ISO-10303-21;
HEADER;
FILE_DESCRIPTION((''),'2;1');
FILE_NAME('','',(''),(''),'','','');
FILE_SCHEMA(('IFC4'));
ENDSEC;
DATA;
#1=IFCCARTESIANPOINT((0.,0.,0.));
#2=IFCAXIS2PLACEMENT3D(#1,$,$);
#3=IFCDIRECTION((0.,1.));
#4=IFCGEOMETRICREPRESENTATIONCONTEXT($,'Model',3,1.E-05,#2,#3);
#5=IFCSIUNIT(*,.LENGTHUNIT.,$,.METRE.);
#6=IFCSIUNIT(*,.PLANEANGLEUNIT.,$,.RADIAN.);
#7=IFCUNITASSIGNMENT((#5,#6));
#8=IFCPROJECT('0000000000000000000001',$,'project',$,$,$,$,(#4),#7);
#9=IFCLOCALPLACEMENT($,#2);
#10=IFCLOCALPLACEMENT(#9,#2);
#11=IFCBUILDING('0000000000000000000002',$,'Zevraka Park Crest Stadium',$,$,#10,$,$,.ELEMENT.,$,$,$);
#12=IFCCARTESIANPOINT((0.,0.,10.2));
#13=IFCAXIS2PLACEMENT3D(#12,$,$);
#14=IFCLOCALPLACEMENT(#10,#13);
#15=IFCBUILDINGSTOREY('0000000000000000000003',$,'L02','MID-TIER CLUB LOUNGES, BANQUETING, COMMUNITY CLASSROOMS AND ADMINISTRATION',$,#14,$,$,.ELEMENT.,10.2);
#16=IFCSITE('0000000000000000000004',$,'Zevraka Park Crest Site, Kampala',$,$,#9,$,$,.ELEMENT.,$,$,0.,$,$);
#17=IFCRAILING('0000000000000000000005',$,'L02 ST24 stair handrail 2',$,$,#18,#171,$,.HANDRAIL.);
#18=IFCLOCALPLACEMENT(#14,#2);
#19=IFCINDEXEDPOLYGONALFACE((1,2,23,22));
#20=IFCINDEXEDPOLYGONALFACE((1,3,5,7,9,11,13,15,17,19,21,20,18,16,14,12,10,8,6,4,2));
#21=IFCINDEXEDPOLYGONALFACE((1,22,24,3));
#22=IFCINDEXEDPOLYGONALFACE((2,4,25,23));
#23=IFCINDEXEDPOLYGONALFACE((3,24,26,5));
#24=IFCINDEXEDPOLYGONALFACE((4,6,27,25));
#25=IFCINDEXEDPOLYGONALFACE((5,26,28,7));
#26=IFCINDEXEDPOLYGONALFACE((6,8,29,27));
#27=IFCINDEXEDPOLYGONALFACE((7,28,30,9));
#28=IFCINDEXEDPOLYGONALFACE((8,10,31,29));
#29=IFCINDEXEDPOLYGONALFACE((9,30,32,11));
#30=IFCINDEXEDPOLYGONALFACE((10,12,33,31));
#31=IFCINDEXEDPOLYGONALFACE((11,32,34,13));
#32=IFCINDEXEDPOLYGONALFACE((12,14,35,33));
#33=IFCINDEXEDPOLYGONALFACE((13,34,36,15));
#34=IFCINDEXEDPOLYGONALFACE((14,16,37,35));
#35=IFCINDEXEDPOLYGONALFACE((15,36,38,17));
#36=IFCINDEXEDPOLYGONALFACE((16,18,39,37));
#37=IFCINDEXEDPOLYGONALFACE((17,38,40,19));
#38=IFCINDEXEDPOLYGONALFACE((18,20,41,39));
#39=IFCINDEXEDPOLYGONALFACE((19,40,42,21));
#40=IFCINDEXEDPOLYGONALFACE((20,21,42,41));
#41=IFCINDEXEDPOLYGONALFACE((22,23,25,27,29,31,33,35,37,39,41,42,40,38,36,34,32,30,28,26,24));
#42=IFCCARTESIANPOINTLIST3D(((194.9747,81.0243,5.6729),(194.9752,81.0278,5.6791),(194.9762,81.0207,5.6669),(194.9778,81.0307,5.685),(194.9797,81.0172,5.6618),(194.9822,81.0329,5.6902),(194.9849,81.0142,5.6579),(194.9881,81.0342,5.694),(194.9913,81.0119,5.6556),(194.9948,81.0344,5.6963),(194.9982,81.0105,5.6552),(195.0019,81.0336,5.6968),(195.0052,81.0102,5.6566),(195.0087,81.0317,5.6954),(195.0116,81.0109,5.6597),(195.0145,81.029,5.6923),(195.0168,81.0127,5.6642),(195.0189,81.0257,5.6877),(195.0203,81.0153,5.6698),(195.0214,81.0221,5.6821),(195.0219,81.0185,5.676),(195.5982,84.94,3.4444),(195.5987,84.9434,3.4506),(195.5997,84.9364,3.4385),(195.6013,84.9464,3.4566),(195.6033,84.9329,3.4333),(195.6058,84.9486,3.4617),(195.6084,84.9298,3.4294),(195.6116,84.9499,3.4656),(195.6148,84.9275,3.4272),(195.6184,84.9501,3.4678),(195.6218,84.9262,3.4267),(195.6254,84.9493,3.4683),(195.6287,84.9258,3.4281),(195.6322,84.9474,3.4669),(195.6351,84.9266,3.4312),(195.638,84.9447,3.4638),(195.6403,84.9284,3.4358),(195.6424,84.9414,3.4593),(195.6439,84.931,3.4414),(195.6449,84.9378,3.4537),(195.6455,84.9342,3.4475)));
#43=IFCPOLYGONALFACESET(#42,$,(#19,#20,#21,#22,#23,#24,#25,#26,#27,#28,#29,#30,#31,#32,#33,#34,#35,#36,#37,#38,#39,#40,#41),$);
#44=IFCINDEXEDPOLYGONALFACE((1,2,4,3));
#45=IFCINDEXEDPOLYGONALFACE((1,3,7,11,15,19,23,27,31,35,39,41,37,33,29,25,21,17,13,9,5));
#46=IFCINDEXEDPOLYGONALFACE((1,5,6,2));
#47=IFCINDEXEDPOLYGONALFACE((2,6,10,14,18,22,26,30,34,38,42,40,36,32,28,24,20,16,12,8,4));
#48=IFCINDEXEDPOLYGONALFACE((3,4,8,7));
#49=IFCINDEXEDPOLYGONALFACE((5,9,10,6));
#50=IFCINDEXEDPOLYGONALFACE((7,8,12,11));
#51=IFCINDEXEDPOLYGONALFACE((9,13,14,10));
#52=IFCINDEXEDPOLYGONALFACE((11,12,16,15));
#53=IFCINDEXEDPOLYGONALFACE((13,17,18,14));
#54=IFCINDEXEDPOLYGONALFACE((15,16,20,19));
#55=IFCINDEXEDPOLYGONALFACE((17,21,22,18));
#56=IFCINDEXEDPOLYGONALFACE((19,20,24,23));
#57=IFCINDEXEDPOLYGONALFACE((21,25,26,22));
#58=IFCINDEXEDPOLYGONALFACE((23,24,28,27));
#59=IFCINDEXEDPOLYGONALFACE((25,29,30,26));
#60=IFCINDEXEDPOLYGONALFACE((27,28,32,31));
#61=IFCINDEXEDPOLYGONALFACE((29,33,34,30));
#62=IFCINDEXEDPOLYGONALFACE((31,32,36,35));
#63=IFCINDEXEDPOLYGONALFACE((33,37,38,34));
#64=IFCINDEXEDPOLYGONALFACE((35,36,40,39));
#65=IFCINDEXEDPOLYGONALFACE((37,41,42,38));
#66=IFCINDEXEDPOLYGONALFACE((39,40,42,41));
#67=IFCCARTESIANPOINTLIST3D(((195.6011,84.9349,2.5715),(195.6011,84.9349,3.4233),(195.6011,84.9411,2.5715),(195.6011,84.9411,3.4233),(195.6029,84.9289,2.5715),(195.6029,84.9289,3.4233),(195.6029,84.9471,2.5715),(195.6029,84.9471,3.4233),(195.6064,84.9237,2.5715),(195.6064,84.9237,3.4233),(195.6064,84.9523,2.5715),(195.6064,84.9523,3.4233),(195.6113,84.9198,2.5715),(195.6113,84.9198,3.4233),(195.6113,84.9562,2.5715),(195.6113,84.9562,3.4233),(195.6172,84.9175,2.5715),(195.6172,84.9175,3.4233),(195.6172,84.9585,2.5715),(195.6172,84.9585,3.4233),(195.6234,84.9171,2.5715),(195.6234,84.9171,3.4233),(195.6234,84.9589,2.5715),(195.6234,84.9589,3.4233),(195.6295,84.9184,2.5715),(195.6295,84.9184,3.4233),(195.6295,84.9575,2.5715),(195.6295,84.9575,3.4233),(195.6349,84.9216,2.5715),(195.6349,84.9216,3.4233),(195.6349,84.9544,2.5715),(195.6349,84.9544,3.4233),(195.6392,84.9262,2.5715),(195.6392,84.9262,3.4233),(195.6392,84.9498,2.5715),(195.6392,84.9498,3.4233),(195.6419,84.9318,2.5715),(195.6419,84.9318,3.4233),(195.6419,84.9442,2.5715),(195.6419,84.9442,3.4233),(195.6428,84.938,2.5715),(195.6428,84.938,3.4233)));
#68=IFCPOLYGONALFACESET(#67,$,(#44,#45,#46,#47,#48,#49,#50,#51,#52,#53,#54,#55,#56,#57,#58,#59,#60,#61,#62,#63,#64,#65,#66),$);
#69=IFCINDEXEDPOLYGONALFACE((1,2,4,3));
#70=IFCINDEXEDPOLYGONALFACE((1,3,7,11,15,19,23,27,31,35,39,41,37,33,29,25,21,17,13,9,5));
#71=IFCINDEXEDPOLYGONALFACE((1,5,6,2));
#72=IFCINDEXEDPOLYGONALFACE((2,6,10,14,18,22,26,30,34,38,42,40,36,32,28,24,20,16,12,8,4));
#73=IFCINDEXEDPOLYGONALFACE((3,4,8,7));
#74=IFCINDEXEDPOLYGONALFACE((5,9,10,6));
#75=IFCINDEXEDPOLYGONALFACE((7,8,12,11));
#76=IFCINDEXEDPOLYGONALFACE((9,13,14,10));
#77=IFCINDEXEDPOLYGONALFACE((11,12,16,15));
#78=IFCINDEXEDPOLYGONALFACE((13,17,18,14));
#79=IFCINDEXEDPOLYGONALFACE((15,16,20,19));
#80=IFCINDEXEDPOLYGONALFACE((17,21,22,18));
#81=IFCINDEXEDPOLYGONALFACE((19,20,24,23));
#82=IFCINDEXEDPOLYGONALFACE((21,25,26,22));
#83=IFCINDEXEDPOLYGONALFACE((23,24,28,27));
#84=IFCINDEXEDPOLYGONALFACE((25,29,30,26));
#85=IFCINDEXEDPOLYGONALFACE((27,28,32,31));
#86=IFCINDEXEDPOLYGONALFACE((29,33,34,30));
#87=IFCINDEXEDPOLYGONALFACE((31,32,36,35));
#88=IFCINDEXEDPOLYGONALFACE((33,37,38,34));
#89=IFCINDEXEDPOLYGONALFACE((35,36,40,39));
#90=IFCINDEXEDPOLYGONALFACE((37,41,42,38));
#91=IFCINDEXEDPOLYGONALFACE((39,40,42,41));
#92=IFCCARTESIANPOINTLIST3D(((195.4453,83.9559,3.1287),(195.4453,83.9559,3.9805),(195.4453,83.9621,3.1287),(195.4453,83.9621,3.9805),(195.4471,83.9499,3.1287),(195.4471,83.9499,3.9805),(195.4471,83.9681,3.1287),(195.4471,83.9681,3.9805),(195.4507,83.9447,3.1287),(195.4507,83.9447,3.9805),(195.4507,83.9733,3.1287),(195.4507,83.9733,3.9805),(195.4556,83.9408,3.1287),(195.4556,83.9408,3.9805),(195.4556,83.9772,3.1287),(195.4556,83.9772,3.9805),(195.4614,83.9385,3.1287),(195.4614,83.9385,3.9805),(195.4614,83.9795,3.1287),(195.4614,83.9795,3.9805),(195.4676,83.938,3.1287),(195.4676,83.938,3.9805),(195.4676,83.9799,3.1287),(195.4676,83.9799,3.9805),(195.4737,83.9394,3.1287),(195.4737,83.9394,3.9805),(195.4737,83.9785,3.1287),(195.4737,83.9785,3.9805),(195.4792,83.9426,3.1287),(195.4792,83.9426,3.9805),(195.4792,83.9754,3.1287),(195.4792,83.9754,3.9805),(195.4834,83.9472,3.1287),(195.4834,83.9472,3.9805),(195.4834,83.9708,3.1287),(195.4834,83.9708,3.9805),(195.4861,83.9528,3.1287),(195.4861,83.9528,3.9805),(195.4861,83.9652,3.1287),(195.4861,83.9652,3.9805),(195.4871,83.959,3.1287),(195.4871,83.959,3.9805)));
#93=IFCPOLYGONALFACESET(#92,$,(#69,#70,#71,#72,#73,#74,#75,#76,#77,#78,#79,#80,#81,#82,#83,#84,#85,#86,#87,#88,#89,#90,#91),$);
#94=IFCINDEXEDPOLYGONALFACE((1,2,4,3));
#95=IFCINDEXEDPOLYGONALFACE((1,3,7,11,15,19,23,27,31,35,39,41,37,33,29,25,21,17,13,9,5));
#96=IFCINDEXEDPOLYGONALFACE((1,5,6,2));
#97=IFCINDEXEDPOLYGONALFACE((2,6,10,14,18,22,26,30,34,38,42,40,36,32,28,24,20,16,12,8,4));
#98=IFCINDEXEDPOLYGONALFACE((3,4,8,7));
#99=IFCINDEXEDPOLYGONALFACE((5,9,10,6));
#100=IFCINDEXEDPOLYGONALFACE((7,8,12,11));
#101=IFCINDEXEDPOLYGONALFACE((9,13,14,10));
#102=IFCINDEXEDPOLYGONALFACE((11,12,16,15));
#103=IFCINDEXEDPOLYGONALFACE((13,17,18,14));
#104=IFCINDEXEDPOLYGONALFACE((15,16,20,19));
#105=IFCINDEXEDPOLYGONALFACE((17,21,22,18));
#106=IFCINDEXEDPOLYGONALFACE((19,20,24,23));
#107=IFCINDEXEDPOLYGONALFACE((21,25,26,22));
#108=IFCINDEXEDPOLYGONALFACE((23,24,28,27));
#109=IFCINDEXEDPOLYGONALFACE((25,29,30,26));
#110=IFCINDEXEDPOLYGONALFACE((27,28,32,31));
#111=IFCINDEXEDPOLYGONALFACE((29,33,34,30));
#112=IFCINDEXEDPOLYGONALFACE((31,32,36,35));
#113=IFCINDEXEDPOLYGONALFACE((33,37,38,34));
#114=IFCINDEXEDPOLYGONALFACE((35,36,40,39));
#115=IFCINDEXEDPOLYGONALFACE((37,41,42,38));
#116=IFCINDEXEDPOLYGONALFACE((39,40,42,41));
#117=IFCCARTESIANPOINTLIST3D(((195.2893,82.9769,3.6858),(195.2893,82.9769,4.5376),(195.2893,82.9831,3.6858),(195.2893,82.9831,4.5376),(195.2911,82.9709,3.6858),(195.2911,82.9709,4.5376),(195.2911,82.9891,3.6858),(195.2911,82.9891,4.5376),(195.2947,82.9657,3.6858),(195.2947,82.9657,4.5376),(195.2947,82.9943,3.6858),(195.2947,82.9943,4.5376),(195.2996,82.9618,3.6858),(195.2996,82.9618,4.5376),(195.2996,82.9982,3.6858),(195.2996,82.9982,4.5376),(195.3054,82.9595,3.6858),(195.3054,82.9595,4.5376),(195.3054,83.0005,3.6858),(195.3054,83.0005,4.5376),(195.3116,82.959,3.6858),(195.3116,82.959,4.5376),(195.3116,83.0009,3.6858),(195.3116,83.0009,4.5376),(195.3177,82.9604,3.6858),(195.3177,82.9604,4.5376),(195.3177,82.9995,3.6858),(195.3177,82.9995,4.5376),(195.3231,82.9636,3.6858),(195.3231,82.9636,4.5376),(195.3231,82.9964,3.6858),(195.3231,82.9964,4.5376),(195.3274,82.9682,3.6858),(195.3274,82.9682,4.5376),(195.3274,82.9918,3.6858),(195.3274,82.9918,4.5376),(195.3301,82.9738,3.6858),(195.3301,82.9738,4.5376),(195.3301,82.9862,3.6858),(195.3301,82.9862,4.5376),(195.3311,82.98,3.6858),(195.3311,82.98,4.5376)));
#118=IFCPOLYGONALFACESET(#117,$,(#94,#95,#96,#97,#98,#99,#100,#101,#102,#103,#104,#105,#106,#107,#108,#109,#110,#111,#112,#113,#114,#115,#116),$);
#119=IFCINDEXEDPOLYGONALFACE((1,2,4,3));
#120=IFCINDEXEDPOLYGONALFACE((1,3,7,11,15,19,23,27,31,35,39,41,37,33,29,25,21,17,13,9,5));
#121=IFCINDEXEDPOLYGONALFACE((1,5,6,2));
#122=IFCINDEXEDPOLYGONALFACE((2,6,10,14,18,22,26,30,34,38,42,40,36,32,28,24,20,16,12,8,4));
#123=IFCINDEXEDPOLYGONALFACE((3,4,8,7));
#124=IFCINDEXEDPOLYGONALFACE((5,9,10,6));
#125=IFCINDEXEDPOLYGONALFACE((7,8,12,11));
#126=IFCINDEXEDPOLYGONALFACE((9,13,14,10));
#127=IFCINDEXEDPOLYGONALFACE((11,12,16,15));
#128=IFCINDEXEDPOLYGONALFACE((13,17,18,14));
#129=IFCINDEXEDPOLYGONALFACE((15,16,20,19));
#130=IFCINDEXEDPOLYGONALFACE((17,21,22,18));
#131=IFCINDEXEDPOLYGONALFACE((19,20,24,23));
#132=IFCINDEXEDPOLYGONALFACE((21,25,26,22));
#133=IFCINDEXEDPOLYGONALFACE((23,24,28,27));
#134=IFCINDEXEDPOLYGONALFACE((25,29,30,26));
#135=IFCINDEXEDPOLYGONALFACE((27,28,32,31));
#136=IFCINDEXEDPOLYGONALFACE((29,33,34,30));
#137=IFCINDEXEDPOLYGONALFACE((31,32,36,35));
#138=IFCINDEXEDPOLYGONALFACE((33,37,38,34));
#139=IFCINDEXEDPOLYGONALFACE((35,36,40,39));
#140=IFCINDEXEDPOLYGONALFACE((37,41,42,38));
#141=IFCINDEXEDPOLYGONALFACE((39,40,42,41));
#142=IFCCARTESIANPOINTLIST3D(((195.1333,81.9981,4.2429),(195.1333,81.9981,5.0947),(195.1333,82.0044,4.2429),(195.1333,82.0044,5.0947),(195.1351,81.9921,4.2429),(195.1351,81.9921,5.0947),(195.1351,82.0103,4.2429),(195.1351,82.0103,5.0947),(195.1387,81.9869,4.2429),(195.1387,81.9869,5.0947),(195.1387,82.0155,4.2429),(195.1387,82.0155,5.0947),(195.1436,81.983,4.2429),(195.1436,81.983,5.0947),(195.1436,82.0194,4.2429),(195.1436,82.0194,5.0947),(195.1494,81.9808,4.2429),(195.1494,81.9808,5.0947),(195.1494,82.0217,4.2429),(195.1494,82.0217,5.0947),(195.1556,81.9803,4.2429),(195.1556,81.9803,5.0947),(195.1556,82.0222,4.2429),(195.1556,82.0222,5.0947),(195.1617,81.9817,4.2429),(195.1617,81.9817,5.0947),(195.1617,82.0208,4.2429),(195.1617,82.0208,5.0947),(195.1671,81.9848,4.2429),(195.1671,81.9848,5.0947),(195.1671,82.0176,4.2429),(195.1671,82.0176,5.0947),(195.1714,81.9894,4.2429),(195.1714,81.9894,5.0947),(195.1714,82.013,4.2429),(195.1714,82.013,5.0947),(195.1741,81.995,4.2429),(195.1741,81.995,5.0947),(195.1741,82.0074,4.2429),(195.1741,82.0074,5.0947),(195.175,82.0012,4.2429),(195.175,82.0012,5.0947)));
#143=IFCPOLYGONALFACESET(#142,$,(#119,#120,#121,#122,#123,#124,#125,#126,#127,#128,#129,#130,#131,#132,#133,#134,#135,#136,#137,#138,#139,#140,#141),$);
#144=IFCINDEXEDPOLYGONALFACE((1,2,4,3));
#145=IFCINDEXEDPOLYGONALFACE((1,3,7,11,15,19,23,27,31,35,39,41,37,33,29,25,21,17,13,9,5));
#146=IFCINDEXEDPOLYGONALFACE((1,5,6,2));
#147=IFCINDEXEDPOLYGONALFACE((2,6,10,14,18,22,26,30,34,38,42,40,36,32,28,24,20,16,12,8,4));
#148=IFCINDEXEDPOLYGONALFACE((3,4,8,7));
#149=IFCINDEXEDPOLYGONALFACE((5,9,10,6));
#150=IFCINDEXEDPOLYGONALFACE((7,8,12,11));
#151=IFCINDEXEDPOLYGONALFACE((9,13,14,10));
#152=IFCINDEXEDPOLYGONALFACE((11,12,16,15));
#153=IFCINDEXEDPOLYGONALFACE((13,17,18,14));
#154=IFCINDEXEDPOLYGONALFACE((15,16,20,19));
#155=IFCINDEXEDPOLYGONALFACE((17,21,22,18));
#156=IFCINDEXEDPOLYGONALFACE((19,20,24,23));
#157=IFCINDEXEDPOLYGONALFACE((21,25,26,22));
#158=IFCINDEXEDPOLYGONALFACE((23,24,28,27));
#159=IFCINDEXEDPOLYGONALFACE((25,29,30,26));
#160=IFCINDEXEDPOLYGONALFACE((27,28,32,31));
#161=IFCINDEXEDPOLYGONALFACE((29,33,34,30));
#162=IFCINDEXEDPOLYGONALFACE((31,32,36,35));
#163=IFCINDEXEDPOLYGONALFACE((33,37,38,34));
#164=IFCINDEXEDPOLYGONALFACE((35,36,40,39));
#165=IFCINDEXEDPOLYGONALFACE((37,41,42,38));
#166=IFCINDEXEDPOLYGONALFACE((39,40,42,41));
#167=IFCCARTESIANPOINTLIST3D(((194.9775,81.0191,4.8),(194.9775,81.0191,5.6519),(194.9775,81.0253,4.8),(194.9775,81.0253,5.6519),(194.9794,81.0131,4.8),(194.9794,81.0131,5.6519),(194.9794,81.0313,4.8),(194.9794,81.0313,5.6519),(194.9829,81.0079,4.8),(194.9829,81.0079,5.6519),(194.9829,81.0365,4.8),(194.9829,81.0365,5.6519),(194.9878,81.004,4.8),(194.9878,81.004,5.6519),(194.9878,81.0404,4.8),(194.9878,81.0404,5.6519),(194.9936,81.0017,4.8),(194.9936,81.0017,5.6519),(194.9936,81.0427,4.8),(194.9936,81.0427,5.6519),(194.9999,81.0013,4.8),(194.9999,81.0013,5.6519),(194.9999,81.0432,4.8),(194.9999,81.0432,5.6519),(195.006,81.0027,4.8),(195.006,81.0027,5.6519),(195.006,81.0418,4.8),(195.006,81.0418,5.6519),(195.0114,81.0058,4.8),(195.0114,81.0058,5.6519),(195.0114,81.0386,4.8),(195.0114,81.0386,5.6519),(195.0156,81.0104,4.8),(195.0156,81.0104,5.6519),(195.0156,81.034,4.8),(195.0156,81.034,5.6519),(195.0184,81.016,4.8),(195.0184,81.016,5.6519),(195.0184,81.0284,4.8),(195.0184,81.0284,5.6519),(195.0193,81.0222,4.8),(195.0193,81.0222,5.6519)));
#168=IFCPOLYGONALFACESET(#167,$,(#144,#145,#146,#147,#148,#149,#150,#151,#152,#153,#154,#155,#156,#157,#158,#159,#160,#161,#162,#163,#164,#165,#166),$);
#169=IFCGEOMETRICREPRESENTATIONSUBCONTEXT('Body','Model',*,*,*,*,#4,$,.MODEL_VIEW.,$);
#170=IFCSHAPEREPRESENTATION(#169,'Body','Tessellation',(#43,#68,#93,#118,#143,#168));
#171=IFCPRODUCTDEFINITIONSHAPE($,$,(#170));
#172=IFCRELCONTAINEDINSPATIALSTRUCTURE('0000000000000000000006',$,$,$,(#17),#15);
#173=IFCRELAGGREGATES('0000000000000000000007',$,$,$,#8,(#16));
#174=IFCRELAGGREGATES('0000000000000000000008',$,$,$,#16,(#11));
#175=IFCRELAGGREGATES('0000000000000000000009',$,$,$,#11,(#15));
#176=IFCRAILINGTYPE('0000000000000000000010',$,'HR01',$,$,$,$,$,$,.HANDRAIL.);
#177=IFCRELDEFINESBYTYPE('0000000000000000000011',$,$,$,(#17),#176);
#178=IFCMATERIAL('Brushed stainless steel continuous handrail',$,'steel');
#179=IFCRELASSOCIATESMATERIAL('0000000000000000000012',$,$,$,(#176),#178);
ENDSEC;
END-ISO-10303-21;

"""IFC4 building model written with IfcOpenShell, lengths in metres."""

from ifc_helpers import new_model, si_unit, direction, frame, origin, origin_2d, place, context, subcontext, project, spatial, circle, extrude, material, type_object, element, save


model = new_model("IFC4")

# Units and contexts
model_context = context("Model", 3, precision=1e-05, world=origin(), true_north=direction((0.0, 1.0)))
body_context = subcontext(model_context, "Body", "Model", "MODEL_VIEW")
ifc_project = project(units=[si_unit("LENGTHUNIT", "METRE"), si_unit("PLANEANGLEUNIT", "RADIAN")], contexts=[model_context])

# Site, building, storey
site_placement = place(None, origin())
site = spatial("IfcSite", under=ifc_project, at=site_placement, Name="Zevraka Park Crest Site, Kampala", CompositionType="ELEMENT", RefElevation=0.0)
building_placement = place(site_placement, origin())
building = spatial("IfcBuilding", under=site, at=building_placement, Name="Zevraka Park Crest Stadium", CompositionType="ELEMENT")
storey_placement = place(building_placement, frame((0.0, 0.0, 10.2)))
storey = spatial("IfcBuildingStorey", under=building, at=storey_placement, Name="L02", Description="MID-TIER CLUB LOUNGES, BANQUETING, COMMUNITY CLASSROOMS AND ADMINISTRATION", CompositionType="ELEMENT", Elevation=10.2)

# Railing
ifc_material_1 = material(Name="Brushed stainless steel continuous handrail", Category="steel")
railing_type_1 = type_object("IfcRailingType", Name="HR01", PredefinedType="HANDRAIL", material=ifc_material_1)
railing_1_placement = place(storey_placement, frame((195.6218, 84.938, 2.5715)))
element("IfcRailing", 1, at=railing_1_placement, inside=storey, type_object=railing_type_1, Name="L02 ST24 stair handrail 2", PredefinedType="HANDRAIL", context=body_context, shape_type="SweptSolid", body=[
    extrude(circle(Radius=0.0239, at=origin_2d()), frame((0.0, 0.0, 0.876), z_axis=(-0.137088, -0.860903, 0.489951), x_axis=(0.987558, -0.157256, 0.0)), (0.0, 0.0, 1.0), 4.5483),
    extrude(circle(Radius=0.021, at=origin_2d()), origin(), (0.0, 0.0, 1.0), 0.8518),
    extrude(circle(Radius=0.021, at=origin_2d()), frame((-0.1558, -0.979, 0.5571)), (0.0, 0.0, 1.0), 0.8518),
    extrude(circle(Radius=0.021, at=origin_2d()), frame((-0.3118, -1.958, 1.1143)), (0.0, 0.0, 1.0), 0.8518),
    extrude(circle(Radius=0.021, at=origin_2d()), frame((-0.4678, -2.9368, 1.6714)), (0.0, 0.0, 1.0), 0.8518),
    extrude(circle(Radius=0.021, at=origin_2d()), frame((-0.6235, -3.9158, 2.2285)), (0.0, 0.0, 1.0), 0.8518),
])

save(model, "model.ifc")
